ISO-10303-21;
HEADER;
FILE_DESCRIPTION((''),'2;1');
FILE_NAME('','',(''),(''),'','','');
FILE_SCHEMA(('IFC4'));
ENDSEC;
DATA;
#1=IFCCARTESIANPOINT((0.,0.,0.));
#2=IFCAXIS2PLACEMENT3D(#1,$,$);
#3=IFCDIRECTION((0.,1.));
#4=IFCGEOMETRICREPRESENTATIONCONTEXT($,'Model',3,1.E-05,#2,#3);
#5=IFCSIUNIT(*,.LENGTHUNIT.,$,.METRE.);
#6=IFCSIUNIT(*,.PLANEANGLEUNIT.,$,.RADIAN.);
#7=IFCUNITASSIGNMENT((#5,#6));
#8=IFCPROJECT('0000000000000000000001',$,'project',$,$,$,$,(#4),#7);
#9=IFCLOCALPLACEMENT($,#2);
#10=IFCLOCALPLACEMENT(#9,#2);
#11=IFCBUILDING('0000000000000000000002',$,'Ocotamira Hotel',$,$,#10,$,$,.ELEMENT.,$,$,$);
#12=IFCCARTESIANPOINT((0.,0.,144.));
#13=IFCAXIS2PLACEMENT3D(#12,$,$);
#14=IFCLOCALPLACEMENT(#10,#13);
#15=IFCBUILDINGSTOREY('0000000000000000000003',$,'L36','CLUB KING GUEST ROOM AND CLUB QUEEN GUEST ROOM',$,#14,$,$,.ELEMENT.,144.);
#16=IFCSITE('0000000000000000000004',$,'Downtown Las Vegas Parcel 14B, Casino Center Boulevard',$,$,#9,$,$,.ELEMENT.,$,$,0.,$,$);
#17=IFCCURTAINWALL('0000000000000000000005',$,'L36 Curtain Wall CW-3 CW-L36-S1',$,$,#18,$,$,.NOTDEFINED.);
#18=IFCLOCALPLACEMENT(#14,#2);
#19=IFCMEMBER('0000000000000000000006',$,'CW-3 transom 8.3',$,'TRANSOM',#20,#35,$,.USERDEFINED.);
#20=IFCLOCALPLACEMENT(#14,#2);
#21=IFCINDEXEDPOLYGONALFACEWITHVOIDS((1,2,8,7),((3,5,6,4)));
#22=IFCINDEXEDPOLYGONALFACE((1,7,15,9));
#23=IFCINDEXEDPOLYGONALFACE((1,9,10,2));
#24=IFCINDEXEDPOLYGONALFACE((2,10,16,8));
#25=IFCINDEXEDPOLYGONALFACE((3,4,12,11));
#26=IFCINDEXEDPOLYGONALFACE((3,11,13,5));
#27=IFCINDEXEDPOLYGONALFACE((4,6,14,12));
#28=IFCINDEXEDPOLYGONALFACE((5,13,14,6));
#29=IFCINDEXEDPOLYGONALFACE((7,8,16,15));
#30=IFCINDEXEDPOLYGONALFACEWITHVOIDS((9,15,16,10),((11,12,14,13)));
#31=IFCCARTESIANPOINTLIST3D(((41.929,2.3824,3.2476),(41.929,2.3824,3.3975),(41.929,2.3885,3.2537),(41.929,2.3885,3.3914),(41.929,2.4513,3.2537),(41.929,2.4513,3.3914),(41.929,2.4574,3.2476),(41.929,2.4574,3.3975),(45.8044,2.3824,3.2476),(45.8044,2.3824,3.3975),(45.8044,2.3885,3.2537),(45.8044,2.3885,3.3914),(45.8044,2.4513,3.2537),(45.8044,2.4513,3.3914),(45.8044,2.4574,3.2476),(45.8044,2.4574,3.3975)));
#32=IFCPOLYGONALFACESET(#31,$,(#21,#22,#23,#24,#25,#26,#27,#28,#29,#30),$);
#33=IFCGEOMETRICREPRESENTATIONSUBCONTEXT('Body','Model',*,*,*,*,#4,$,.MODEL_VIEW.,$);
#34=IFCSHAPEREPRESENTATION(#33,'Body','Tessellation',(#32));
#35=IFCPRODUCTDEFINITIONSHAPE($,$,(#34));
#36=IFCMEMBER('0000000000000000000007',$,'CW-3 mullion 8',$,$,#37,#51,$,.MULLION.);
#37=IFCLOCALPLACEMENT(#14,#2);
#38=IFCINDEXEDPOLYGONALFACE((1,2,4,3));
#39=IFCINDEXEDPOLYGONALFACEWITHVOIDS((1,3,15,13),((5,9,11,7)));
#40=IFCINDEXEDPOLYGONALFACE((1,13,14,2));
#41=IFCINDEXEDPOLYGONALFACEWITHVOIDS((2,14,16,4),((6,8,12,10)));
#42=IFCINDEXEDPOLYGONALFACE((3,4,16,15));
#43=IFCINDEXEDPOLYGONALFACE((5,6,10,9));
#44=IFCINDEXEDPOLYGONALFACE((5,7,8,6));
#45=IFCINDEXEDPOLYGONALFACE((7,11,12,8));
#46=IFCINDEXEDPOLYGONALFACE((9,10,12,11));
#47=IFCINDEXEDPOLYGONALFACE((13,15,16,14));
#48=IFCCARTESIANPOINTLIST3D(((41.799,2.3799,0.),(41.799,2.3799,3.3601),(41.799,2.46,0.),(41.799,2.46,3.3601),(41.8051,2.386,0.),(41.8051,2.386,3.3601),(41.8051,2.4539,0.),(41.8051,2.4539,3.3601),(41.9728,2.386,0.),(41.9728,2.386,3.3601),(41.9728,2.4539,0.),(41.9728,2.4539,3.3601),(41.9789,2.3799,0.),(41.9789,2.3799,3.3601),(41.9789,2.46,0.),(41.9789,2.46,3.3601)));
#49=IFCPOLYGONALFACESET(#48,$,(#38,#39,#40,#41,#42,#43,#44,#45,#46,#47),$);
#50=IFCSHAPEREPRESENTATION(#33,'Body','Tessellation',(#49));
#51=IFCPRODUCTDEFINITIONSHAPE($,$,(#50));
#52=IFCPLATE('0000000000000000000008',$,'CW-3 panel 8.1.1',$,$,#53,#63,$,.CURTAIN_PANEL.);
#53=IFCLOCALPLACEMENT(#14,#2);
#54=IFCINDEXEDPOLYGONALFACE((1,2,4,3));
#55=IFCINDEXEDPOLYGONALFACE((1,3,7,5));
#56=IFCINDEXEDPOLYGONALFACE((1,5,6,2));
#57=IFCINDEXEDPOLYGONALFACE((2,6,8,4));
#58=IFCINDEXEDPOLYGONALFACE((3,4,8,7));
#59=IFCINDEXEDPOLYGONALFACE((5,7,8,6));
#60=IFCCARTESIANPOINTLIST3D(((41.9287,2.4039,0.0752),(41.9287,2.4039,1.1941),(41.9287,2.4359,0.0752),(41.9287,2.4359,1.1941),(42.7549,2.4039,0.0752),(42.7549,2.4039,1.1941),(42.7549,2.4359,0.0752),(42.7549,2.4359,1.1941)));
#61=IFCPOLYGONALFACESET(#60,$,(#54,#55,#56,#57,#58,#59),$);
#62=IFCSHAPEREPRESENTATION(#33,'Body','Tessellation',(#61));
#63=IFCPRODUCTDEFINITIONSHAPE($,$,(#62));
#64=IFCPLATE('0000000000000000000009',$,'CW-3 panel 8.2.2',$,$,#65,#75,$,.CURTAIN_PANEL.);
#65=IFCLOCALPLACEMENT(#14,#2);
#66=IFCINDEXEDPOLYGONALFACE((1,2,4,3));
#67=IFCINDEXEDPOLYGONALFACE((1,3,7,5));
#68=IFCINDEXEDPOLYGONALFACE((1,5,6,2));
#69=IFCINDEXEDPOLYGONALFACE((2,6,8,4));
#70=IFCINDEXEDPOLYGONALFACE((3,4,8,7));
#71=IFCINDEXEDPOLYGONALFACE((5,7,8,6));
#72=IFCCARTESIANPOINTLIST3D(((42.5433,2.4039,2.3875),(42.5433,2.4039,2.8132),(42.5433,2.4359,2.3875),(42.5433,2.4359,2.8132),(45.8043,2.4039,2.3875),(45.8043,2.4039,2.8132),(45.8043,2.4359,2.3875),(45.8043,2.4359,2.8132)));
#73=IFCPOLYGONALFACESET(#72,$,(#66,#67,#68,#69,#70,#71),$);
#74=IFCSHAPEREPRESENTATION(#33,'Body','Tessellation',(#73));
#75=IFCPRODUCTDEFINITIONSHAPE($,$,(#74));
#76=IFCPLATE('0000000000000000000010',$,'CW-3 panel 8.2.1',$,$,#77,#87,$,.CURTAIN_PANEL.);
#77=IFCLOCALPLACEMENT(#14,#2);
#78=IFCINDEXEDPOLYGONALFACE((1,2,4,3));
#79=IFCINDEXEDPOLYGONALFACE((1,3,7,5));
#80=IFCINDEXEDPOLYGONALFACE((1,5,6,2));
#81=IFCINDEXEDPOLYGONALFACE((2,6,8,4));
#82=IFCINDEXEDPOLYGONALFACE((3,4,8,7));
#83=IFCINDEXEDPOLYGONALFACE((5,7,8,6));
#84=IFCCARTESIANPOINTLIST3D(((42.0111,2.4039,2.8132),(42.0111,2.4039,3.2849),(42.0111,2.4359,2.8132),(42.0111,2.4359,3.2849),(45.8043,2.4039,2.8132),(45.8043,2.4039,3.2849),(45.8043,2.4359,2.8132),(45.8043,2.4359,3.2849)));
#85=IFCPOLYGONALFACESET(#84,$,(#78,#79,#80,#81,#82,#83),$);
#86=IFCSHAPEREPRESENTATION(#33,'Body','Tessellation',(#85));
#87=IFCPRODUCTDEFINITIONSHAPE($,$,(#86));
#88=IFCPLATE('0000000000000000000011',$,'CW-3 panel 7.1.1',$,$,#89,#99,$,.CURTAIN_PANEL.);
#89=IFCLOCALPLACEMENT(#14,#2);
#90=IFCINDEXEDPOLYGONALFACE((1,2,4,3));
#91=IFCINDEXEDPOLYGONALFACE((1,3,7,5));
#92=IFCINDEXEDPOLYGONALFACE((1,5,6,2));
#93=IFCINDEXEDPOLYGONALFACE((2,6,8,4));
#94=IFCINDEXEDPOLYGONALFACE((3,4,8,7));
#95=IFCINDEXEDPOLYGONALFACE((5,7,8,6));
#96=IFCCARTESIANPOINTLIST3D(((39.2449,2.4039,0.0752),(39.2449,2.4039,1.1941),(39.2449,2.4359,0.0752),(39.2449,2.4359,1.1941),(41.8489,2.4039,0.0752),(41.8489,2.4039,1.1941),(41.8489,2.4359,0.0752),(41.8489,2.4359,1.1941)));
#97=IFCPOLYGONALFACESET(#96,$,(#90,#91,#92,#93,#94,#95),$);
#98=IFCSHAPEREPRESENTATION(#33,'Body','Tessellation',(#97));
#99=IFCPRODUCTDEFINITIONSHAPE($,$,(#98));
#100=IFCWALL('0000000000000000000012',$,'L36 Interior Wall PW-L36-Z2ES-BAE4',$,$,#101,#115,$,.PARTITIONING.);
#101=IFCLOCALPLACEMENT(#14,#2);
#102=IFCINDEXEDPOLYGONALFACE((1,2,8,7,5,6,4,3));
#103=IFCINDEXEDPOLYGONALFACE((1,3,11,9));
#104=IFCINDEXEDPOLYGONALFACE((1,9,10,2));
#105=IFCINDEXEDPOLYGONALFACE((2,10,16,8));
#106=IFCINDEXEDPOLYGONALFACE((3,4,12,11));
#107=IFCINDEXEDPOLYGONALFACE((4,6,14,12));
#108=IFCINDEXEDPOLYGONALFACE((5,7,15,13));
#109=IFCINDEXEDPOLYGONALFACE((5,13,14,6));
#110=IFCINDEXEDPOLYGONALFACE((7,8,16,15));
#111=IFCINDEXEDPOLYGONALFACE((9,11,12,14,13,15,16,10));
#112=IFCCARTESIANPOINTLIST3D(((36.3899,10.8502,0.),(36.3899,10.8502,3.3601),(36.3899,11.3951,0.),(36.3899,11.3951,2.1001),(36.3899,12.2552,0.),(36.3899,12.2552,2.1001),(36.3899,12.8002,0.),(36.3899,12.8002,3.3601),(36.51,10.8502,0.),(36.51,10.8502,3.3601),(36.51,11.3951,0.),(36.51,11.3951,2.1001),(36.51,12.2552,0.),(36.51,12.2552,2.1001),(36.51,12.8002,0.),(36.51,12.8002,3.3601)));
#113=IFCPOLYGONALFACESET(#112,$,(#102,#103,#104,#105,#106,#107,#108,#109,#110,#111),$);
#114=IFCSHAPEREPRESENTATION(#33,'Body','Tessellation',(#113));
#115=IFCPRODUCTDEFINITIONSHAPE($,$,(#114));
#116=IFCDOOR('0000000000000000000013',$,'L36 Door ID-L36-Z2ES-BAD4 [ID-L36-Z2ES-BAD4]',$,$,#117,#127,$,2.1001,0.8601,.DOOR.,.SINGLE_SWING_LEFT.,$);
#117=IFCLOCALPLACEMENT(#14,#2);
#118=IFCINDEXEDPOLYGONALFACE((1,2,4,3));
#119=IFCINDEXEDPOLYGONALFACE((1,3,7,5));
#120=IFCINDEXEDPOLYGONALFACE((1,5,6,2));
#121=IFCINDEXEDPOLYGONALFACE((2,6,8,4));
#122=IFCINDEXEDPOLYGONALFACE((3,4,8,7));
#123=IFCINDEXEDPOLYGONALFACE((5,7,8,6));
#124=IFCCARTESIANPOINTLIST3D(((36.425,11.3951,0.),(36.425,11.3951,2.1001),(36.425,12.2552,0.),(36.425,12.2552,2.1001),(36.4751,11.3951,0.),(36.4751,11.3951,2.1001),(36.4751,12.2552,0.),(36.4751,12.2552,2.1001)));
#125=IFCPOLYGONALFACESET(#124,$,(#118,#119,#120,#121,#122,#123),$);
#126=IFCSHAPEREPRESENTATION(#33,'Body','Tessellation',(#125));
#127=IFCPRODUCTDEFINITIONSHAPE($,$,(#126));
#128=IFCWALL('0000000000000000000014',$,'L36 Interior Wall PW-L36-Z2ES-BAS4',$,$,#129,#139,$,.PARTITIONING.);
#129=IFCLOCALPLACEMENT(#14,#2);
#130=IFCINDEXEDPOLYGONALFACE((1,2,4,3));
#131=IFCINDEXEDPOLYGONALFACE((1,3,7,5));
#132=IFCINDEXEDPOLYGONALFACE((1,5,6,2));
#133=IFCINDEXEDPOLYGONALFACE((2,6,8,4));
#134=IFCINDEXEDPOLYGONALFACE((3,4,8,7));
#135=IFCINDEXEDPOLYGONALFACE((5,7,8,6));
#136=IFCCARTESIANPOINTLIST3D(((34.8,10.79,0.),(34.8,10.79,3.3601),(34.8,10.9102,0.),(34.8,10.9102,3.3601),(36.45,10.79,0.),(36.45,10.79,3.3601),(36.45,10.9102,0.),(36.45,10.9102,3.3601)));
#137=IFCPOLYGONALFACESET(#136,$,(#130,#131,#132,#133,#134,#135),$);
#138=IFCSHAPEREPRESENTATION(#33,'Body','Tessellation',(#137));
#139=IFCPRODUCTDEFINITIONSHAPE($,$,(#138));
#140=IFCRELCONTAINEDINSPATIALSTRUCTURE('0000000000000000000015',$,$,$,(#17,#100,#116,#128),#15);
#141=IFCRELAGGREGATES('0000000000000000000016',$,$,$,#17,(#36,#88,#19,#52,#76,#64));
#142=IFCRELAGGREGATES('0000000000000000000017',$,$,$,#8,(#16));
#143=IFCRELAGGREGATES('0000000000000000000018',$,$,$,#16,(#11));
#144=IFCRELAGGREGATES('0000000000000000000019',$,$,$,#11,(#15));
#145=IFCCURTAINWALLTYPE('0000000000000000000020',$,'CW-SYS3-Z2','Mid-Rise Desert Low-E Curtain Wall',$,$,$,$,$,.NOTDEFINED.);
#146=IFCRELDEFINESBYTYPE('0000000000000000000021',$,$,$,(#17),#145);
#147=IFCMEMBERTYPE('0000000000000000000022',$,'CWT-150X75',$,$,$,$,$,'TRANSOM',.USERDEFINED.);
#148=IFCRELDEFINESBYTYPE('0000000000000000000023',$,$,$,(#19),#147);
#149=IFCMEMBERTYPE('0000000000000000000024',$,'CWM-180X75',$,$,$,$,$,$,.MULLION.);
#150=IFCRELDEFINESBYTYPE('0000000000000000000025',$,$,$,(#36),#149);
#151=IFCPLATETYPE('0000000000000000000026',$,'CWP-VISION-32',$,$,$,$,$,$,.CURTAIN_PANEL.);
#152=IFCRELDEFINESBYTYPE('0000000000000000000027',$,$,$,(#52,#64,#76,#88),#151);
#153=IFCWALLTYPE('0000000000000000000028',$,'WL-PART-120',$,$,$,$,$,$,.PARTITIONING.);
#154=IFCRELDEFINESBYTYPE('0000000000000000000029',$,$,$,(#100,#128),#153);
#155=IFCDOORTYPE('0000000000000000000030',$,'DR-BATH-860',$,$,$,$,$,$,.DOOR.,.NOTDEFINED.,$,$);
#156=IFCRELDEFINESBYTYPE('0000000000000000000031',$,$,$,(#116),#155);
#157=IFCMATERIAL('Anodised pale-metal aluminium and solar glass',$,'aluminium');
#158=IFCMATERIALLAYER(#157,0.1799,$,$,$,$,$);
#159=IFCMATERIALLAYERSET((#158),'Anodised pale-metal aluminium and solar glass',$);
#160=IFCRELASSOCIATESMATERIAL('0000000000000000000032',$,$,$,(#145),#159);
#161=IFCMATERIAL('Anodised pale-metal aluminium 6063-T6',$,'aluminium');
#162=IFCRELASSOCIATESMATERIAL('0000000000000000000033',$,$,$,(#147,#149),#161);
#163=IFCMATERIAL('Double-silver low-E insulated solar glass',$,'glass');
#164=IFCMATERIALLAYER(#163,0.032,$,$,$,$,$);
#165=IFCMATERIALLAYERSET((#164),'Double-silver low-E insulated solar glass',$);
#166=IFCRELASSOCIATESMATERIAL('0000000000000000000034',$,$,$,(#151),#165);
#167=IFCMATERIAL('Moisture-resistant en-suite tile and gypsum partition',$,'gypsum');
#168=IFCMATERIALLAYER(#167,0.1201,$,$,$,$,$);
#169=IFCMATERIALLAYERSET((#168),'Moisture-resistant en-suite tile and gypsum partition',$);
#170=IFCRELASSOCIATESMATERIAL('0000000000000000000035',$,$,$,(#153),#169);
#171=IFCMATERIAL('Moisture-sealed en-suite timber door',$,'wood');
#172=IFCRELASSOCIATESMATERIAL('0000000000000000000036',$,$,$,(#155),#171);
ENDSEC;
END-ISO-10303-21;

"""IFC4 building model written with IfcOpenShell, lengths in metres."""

from ifc_helpers import new_model, si_unit, direction, frame, frame_2d, origin, origin_2d, place, context, subcontext, project, spatial, rectangle, hollow_rectangle, extrude, source, transform, mapped, material, layer, layer_set, material_profile, profile_set, type_object, element, fill, aggregate, save


model = new_model("IFC4")

# Units and contexts
model_context = context("Model", 3, precision=1e-05, world=origin(), true_north=direction((0.0, 1.0)))
body_context = subcontext(model_context, "Body", "Model", "MODEL_VIEW")
ifc_project = project(units=[si_unit("LENGTHUNIT", "METRE"), si_unit("PLANEANGLEUNIT", "RADIAN")], contexts=[model_context])

# Site, building, storey
site_placement = place(None, origin())
site = spatial("IfcSite", under=ifc_project, at=site_placement, Name="Downtown Las Vegas Parcel 14B, Casino Center Boulevard", CompositionType="ELEMENT", RefElevation=0.0)
building_placement = place(site_placement, origin())
building = spatial("IfcBuilding", under=site, at=building_placement, Name="Ocotamira Hotel", CompositionType="ELEMENT")
storey_placement = place(building_placement, frame((0.0, 0.0, 144.0)))
storey = spatial("IfcBuildingStorey", under=building, at=storey_placement, Name="L36", Description="CLUB KING GUEST ROOM AND CLUB QUEEN GUEST ROOM", CompositionType="ELEMENT", Elevation=144.0)

# Curtain wall, members, plates
ifc_material_1 = material(Name="Anodised pale-metal aluminium and solar glass", Category="aluminium")
ifc_layer_1 = layer(ifc_material_1, 0.1799)
ifc_layer_set_1 = layer_set([ifc_layer_1], Name="Anodised pale-metal aluminium and solar glass")
curtain_wall_type = type_object("IfcCurtainWallType", Name="CW-SYS3-Z2", Description="Mid-Rise Desert Low-E Curtain Wall", PredefinedType="NOTDEFINED", material=ifc_layer_set_1)
curtain_wall_placement = place(storey_placement, origin())
curtain_wall = element("IfcCurtainWall", 1, at=curtain_wall_placement, inside=storey, type_object=curtain_wall_type, Name="L36 Curtain Wall CW-3 CW-L36-S1", PredefinedType="NOTDEFINED")
ifc_material_2 = material(Name="Anodised pale-metal aluminium 6063-T6", Category="aluminium")
ifc_material_profile_1 = material_profile(ifc_material_2, hollow_rectangle(XDim=0.075, YDim=0.1499, WallThickness=0.0061, at=origin_2d()), Name="HSS150X75X6")
ifc_profile_set_1 = profile_set([ifc_material_profile_1], Name="Anodised pale-metal aluminium 6063-T6")
member_type_1 = type_object("IfcMemberType", Name="CWT-150X75", ElementType="TRANSOM", PredefinedType="USERDEFINED", material=ifc_profile_set_1)
shared_shape_1 = source(origin(), body_context, "Body", "SweptSolid", [
    extrude(hollow_rectangle(XDim=0.075, YDim=0.1499, WallThickness=0.0061, at=origin_2d()), origin(), (0.0, 0.0, 1.0), 3.8755),
])
member_1_placement = place(storey_placement, frame((41.929, 2.4199, 3.3225), z_axis=(1.0, 0.0, 0.0), x_axis=(0.0, 1.0, 0.0)))
member_1 = element("IfcMember", 2, at=member_1_placement, type_object=member_type_1, Name="CW-3 transom 8.3", ObjectType="TRANSOM", PredefinedType="USERDEFINED", context=body_context, shape_type="MappedRepresentation", body=[
    mapped(shared_shape_1, transform((0.0, 0.0, 0.0), scale=1.0)),
])
ifc_material_profile_2 = material_profile(ifc_material_2, hollow_rectangle(XDim=0.0801, YDim=0.1799, WallThickness=0.0061, at=origin_2d()), Name="HSS180X80X6")
ifc_profile_set_2 = profile_set([ifc_material_profile_2], Name="Anodised pale-metal aluminium 6063-T6")
member_type_2 = type_object("IfcMemberType", Name="CWM-180X75", PredefinedType="MULLION", material=ifc_profile_set_2)
shared_shape_2 = source(origin(), body_context, "Body", "SweptSolid", [
    extrude(hollow_rectangle(XDim=0.0801, YDim=0.1799, WallThickness=0.0061, at=origin_2d()), origin(), (0.0, 0.0, 1.0), 3.3601),
])
member_2_placement = place(storey_placement, frame((41.8889, 2.4199, 0.0), z_axis=(0.0, 0.0, 1.0), x_axis=(0.0, 1.0, 0.0)))
member_2 = element("IfcMember", 3, at=member_2_placement, type_object=member_type_2, Name="CW-3 mullion 8", PredefinedType="MULLION", context=body_context, shape_type="MappedRepresentation", body=[
    mapped(shared_shape_2, transform((0.0, 0.0, 0.0), scale=1.0)),
])
ifc_material_3 = material(Name="Double-silver low-E insulated solar glass", Category="glass")
ifc_layer_2 = layer(ifc_material_3, 0.032)
ifc_layer_set_2 = layer_set([ifc_layer_2], Name="Double-silver low-E insulated solar glass")
plate_type = type_object("IfcPlateType", Name="CWP-VISION-32", PredefinedType="CURTAIN_PANEL", material=ifc_layer_set_2)
shared_shape_3 = source(origin(), body_context, "Body", "SweptSolid", [
    extrude(rectangle(XDim=0.8262, YDim=0.032, at=origin_2d()), origin(), (0.0, 0.0, 1.0), 1.1189),
])
plate_1_placement = place(storey_placement, frame((42.3418, 2.4199, 0.0752), z_axis=(0.0, 0.0, 1.0), x_axis=(1.0, 0.0, 0.0)))
plate_1 = element("IfcPlate", 4, at=plate_1_placement, type_object=plate_type, Name="CW-3 panel 8.1.1", PredefinedType="CURTAIN_PANEL", context=body_context, shape_type="MappedRepresentation", body=[
    mapped(shared_shape_3, transform((0.0, 0.0, 0.0), scale=1.0)),
])
shared_shape_4 = source(origin(), body_context, "Body", "SweptSolid", [
    extrude(rectangle(XDim=3.261, YDim=0.032, at=origin_2d()), origin(), (0.0, 0.0, 1.0), 0.4258),
])
plate_2_placement = place(storey_placement, frame((44.1738, 2.4199, 2.3875), z_axis=(0.0, 0.0, 1.0), x_axis=(1.0, 0.0, 0.0)))
plate_2 = element("IfcPlate", 5, at=plate_2_placement, type_object=plate_type, Name="CW-3 panel 8.2.2", PredefinedType="CURTAIN_PANEL", context=body_context, shape_type="MappedRepresentation", body=[
    mapped(shared_shape_4, transform((0.0, 0.0, 0.0), scale=1.0)),
])
shared_shape_5 = source(origin(), body_context, "Body", "SweptSolid", [
    extrude(rectangle(XDim=3.7932, YDim=0.032, at=origin_2d()), origin(), (0.0, 0.0, 1.0), 0.4717),
])
plate_3_placement = place(storey_placement, frame((43.9077, 2.4199, 2.8132), z_axis=(0.0, 0.0, 1.0), x_axis=(1.0, 0.0, 0.0)))
plate_3 = element("IfcPlate", 6, at=plate_3_placement, type_object=plate_type, Name="CW-3 panel 8.2.1", PredefinedType="CURTAIN_PANEL", context=body_context, shape_type="MappedRepresentation", body=[
    mapped(shared_shape_5, transform((0.0, 0.0, 0.0), scale=1.0)),
])
shared_shape_6 = source(origin(), body_context, "Body", "SweptSolid", [
    extrude(rectangle(XDim=2.604, YDim=0.032, at=origin_2d()), origin(), (0.0, 0.0, 1.0), 1.1189),
])
plate_4_placement = place(storey_placement, frame((40.5469, 2.4199, 0.0752), z_axis=(0.0, 0.0, 1.0), x_axis=(1.0, 0.0, 0.0)))
plate_4 = element("IfcPlate", 7, at=plate_4_placement, type_object=plate_type, Name="CW-3 panel 7.1.1", PredefinedType="CURTAIN_PANEL", context=body_context, shape_type="MappedRepresentation", body=[
    mapped(shared_shape_6, transform((0.0, 0.0, 0.0), scale=1.0)),
])
aggregate(curtain_wall, [member_2, plate_4, member_1, plate_1, plate_3, plate_2])

# Wall, opening, door
ifc_material_4 = material(Name="Moisture-resistant en-suite tile and gypsum partition", Category="gypsum")
ifc_layer_3 = layer(ifc_material_4, 0.1201)
ifc_layer_set_3 = layer_set([ifc_layer_3], Name="Moisture-resistant en-suite tile and gypsum partition")
wall_type = type_object("IfcWallType", Name="WL-PART-120", PredefinedType="PARTITIONING", material=ifc_layer_set_3)
wall_1_placement = place(storey_placement, frame((36.45, 10.8501, 0.0), z_axis=(0.0, 0.0, 1.0), x_axis=(0.0, 1.0, 0.0)))
wall_1 = element("IfcWall", 8, at=wall_1_placement, inside=storey, type_object=wall_type, Name="L36 Interior Wall PW-L36-Z2ES-BAE4", PredefinedType="PARTITIONING", context=body_context, shape_type="SweptSolid", body=[
    extrude(rectangle(XDim=1.95, YDim=0.1201, at=frame_2d((0.9751, 0.0))), origin(), (0.0, 0.0, 1.0), 3.3601),
])
opening_placement = place(wall_1_placement, frame((0.5449, 0.0, 0.0)))
opening = element("IfcOpeningElement", 9, at=opening_placement, cuts=wall_1, PredefinedType="OPENING", context=body_context, shape_type="SweptSolid", body=[
    extrude(rectangle(XDim=0.8601, YDim=2.1001, at=frame_2d((0.4302, 1.05))), frame((0.0, 0.0701, 0.0), z_axis=(0.0, -1.0, 0.0), x_axis=(1.0, 0.0, 0.0)), (0.0, 0.0, 1.0), 0.1401),
])
ifc_material_5 = material(Name="Moisture-sealed en-suite timber door", Category="wood")
door_type = type_object("IfcDoorType", Name="DR-BATH-860", OperationType="NOTDEFINED", PredefinedType="DOOR", material=ifc_material_5)
shared_shape_7 = source(origin(), body_context, "Body", "SweptSolid", [
    extrude(rectangle(XDim=0.8601, YDim=2.1001, at=frame_2d((0.4302, 1.05))), frame((0.0, 0.0249, 0.0), z_axis=(0.0, -1.0, 0.0), x_axis=(1.0, 0.0, 0.0)), (0.0, 0.0, 1.0), 0.05),
])
door_placement = place(opening_placement, origin())
door = element("IfcDoor", 10, at=door_placement, inside=storey, type_object=door_type, Name="L36 Door ID-L36-Z2ES-BAD4 [ID-L36-Z2ES-BAD4]", OperationType="SINGLE_SWING_LEFT", OverallHeight=2.1001, OverallWidth=0.8601, PredefinedType="DOOR", context=body_context, shape_type="MappedRepresentation", body=[
    mapped(shared_shape_7, transform((0.0, 0.0, 0.0), scale=1.0)),
])
fill(opening, door)

# Wall
wall_2_placement = place(storey_placement, frame((34.8, 10.8501, 0.0), z_axis=(0.0, 0.0, 1.0), x_axis=(1.0, 0.0, 0.0)))
element("IfcWall", 11, at=wall_2_placement, inside=storey, type_object=wall_type, Name="L36 Interior Wall PW-L36-Z2ES-BAS4", PredefinedType="PARTITIONING", context=body_context, shape_type="SweptSolid", body=[
    extrude(rectangle(XDim=1.6499, YDim=0.1201, at=frame_2d((0.825, 0.0))), origin(), (0.0, 0.0, 1.0), 3.3601),
])

save(model, "model.ifc")
